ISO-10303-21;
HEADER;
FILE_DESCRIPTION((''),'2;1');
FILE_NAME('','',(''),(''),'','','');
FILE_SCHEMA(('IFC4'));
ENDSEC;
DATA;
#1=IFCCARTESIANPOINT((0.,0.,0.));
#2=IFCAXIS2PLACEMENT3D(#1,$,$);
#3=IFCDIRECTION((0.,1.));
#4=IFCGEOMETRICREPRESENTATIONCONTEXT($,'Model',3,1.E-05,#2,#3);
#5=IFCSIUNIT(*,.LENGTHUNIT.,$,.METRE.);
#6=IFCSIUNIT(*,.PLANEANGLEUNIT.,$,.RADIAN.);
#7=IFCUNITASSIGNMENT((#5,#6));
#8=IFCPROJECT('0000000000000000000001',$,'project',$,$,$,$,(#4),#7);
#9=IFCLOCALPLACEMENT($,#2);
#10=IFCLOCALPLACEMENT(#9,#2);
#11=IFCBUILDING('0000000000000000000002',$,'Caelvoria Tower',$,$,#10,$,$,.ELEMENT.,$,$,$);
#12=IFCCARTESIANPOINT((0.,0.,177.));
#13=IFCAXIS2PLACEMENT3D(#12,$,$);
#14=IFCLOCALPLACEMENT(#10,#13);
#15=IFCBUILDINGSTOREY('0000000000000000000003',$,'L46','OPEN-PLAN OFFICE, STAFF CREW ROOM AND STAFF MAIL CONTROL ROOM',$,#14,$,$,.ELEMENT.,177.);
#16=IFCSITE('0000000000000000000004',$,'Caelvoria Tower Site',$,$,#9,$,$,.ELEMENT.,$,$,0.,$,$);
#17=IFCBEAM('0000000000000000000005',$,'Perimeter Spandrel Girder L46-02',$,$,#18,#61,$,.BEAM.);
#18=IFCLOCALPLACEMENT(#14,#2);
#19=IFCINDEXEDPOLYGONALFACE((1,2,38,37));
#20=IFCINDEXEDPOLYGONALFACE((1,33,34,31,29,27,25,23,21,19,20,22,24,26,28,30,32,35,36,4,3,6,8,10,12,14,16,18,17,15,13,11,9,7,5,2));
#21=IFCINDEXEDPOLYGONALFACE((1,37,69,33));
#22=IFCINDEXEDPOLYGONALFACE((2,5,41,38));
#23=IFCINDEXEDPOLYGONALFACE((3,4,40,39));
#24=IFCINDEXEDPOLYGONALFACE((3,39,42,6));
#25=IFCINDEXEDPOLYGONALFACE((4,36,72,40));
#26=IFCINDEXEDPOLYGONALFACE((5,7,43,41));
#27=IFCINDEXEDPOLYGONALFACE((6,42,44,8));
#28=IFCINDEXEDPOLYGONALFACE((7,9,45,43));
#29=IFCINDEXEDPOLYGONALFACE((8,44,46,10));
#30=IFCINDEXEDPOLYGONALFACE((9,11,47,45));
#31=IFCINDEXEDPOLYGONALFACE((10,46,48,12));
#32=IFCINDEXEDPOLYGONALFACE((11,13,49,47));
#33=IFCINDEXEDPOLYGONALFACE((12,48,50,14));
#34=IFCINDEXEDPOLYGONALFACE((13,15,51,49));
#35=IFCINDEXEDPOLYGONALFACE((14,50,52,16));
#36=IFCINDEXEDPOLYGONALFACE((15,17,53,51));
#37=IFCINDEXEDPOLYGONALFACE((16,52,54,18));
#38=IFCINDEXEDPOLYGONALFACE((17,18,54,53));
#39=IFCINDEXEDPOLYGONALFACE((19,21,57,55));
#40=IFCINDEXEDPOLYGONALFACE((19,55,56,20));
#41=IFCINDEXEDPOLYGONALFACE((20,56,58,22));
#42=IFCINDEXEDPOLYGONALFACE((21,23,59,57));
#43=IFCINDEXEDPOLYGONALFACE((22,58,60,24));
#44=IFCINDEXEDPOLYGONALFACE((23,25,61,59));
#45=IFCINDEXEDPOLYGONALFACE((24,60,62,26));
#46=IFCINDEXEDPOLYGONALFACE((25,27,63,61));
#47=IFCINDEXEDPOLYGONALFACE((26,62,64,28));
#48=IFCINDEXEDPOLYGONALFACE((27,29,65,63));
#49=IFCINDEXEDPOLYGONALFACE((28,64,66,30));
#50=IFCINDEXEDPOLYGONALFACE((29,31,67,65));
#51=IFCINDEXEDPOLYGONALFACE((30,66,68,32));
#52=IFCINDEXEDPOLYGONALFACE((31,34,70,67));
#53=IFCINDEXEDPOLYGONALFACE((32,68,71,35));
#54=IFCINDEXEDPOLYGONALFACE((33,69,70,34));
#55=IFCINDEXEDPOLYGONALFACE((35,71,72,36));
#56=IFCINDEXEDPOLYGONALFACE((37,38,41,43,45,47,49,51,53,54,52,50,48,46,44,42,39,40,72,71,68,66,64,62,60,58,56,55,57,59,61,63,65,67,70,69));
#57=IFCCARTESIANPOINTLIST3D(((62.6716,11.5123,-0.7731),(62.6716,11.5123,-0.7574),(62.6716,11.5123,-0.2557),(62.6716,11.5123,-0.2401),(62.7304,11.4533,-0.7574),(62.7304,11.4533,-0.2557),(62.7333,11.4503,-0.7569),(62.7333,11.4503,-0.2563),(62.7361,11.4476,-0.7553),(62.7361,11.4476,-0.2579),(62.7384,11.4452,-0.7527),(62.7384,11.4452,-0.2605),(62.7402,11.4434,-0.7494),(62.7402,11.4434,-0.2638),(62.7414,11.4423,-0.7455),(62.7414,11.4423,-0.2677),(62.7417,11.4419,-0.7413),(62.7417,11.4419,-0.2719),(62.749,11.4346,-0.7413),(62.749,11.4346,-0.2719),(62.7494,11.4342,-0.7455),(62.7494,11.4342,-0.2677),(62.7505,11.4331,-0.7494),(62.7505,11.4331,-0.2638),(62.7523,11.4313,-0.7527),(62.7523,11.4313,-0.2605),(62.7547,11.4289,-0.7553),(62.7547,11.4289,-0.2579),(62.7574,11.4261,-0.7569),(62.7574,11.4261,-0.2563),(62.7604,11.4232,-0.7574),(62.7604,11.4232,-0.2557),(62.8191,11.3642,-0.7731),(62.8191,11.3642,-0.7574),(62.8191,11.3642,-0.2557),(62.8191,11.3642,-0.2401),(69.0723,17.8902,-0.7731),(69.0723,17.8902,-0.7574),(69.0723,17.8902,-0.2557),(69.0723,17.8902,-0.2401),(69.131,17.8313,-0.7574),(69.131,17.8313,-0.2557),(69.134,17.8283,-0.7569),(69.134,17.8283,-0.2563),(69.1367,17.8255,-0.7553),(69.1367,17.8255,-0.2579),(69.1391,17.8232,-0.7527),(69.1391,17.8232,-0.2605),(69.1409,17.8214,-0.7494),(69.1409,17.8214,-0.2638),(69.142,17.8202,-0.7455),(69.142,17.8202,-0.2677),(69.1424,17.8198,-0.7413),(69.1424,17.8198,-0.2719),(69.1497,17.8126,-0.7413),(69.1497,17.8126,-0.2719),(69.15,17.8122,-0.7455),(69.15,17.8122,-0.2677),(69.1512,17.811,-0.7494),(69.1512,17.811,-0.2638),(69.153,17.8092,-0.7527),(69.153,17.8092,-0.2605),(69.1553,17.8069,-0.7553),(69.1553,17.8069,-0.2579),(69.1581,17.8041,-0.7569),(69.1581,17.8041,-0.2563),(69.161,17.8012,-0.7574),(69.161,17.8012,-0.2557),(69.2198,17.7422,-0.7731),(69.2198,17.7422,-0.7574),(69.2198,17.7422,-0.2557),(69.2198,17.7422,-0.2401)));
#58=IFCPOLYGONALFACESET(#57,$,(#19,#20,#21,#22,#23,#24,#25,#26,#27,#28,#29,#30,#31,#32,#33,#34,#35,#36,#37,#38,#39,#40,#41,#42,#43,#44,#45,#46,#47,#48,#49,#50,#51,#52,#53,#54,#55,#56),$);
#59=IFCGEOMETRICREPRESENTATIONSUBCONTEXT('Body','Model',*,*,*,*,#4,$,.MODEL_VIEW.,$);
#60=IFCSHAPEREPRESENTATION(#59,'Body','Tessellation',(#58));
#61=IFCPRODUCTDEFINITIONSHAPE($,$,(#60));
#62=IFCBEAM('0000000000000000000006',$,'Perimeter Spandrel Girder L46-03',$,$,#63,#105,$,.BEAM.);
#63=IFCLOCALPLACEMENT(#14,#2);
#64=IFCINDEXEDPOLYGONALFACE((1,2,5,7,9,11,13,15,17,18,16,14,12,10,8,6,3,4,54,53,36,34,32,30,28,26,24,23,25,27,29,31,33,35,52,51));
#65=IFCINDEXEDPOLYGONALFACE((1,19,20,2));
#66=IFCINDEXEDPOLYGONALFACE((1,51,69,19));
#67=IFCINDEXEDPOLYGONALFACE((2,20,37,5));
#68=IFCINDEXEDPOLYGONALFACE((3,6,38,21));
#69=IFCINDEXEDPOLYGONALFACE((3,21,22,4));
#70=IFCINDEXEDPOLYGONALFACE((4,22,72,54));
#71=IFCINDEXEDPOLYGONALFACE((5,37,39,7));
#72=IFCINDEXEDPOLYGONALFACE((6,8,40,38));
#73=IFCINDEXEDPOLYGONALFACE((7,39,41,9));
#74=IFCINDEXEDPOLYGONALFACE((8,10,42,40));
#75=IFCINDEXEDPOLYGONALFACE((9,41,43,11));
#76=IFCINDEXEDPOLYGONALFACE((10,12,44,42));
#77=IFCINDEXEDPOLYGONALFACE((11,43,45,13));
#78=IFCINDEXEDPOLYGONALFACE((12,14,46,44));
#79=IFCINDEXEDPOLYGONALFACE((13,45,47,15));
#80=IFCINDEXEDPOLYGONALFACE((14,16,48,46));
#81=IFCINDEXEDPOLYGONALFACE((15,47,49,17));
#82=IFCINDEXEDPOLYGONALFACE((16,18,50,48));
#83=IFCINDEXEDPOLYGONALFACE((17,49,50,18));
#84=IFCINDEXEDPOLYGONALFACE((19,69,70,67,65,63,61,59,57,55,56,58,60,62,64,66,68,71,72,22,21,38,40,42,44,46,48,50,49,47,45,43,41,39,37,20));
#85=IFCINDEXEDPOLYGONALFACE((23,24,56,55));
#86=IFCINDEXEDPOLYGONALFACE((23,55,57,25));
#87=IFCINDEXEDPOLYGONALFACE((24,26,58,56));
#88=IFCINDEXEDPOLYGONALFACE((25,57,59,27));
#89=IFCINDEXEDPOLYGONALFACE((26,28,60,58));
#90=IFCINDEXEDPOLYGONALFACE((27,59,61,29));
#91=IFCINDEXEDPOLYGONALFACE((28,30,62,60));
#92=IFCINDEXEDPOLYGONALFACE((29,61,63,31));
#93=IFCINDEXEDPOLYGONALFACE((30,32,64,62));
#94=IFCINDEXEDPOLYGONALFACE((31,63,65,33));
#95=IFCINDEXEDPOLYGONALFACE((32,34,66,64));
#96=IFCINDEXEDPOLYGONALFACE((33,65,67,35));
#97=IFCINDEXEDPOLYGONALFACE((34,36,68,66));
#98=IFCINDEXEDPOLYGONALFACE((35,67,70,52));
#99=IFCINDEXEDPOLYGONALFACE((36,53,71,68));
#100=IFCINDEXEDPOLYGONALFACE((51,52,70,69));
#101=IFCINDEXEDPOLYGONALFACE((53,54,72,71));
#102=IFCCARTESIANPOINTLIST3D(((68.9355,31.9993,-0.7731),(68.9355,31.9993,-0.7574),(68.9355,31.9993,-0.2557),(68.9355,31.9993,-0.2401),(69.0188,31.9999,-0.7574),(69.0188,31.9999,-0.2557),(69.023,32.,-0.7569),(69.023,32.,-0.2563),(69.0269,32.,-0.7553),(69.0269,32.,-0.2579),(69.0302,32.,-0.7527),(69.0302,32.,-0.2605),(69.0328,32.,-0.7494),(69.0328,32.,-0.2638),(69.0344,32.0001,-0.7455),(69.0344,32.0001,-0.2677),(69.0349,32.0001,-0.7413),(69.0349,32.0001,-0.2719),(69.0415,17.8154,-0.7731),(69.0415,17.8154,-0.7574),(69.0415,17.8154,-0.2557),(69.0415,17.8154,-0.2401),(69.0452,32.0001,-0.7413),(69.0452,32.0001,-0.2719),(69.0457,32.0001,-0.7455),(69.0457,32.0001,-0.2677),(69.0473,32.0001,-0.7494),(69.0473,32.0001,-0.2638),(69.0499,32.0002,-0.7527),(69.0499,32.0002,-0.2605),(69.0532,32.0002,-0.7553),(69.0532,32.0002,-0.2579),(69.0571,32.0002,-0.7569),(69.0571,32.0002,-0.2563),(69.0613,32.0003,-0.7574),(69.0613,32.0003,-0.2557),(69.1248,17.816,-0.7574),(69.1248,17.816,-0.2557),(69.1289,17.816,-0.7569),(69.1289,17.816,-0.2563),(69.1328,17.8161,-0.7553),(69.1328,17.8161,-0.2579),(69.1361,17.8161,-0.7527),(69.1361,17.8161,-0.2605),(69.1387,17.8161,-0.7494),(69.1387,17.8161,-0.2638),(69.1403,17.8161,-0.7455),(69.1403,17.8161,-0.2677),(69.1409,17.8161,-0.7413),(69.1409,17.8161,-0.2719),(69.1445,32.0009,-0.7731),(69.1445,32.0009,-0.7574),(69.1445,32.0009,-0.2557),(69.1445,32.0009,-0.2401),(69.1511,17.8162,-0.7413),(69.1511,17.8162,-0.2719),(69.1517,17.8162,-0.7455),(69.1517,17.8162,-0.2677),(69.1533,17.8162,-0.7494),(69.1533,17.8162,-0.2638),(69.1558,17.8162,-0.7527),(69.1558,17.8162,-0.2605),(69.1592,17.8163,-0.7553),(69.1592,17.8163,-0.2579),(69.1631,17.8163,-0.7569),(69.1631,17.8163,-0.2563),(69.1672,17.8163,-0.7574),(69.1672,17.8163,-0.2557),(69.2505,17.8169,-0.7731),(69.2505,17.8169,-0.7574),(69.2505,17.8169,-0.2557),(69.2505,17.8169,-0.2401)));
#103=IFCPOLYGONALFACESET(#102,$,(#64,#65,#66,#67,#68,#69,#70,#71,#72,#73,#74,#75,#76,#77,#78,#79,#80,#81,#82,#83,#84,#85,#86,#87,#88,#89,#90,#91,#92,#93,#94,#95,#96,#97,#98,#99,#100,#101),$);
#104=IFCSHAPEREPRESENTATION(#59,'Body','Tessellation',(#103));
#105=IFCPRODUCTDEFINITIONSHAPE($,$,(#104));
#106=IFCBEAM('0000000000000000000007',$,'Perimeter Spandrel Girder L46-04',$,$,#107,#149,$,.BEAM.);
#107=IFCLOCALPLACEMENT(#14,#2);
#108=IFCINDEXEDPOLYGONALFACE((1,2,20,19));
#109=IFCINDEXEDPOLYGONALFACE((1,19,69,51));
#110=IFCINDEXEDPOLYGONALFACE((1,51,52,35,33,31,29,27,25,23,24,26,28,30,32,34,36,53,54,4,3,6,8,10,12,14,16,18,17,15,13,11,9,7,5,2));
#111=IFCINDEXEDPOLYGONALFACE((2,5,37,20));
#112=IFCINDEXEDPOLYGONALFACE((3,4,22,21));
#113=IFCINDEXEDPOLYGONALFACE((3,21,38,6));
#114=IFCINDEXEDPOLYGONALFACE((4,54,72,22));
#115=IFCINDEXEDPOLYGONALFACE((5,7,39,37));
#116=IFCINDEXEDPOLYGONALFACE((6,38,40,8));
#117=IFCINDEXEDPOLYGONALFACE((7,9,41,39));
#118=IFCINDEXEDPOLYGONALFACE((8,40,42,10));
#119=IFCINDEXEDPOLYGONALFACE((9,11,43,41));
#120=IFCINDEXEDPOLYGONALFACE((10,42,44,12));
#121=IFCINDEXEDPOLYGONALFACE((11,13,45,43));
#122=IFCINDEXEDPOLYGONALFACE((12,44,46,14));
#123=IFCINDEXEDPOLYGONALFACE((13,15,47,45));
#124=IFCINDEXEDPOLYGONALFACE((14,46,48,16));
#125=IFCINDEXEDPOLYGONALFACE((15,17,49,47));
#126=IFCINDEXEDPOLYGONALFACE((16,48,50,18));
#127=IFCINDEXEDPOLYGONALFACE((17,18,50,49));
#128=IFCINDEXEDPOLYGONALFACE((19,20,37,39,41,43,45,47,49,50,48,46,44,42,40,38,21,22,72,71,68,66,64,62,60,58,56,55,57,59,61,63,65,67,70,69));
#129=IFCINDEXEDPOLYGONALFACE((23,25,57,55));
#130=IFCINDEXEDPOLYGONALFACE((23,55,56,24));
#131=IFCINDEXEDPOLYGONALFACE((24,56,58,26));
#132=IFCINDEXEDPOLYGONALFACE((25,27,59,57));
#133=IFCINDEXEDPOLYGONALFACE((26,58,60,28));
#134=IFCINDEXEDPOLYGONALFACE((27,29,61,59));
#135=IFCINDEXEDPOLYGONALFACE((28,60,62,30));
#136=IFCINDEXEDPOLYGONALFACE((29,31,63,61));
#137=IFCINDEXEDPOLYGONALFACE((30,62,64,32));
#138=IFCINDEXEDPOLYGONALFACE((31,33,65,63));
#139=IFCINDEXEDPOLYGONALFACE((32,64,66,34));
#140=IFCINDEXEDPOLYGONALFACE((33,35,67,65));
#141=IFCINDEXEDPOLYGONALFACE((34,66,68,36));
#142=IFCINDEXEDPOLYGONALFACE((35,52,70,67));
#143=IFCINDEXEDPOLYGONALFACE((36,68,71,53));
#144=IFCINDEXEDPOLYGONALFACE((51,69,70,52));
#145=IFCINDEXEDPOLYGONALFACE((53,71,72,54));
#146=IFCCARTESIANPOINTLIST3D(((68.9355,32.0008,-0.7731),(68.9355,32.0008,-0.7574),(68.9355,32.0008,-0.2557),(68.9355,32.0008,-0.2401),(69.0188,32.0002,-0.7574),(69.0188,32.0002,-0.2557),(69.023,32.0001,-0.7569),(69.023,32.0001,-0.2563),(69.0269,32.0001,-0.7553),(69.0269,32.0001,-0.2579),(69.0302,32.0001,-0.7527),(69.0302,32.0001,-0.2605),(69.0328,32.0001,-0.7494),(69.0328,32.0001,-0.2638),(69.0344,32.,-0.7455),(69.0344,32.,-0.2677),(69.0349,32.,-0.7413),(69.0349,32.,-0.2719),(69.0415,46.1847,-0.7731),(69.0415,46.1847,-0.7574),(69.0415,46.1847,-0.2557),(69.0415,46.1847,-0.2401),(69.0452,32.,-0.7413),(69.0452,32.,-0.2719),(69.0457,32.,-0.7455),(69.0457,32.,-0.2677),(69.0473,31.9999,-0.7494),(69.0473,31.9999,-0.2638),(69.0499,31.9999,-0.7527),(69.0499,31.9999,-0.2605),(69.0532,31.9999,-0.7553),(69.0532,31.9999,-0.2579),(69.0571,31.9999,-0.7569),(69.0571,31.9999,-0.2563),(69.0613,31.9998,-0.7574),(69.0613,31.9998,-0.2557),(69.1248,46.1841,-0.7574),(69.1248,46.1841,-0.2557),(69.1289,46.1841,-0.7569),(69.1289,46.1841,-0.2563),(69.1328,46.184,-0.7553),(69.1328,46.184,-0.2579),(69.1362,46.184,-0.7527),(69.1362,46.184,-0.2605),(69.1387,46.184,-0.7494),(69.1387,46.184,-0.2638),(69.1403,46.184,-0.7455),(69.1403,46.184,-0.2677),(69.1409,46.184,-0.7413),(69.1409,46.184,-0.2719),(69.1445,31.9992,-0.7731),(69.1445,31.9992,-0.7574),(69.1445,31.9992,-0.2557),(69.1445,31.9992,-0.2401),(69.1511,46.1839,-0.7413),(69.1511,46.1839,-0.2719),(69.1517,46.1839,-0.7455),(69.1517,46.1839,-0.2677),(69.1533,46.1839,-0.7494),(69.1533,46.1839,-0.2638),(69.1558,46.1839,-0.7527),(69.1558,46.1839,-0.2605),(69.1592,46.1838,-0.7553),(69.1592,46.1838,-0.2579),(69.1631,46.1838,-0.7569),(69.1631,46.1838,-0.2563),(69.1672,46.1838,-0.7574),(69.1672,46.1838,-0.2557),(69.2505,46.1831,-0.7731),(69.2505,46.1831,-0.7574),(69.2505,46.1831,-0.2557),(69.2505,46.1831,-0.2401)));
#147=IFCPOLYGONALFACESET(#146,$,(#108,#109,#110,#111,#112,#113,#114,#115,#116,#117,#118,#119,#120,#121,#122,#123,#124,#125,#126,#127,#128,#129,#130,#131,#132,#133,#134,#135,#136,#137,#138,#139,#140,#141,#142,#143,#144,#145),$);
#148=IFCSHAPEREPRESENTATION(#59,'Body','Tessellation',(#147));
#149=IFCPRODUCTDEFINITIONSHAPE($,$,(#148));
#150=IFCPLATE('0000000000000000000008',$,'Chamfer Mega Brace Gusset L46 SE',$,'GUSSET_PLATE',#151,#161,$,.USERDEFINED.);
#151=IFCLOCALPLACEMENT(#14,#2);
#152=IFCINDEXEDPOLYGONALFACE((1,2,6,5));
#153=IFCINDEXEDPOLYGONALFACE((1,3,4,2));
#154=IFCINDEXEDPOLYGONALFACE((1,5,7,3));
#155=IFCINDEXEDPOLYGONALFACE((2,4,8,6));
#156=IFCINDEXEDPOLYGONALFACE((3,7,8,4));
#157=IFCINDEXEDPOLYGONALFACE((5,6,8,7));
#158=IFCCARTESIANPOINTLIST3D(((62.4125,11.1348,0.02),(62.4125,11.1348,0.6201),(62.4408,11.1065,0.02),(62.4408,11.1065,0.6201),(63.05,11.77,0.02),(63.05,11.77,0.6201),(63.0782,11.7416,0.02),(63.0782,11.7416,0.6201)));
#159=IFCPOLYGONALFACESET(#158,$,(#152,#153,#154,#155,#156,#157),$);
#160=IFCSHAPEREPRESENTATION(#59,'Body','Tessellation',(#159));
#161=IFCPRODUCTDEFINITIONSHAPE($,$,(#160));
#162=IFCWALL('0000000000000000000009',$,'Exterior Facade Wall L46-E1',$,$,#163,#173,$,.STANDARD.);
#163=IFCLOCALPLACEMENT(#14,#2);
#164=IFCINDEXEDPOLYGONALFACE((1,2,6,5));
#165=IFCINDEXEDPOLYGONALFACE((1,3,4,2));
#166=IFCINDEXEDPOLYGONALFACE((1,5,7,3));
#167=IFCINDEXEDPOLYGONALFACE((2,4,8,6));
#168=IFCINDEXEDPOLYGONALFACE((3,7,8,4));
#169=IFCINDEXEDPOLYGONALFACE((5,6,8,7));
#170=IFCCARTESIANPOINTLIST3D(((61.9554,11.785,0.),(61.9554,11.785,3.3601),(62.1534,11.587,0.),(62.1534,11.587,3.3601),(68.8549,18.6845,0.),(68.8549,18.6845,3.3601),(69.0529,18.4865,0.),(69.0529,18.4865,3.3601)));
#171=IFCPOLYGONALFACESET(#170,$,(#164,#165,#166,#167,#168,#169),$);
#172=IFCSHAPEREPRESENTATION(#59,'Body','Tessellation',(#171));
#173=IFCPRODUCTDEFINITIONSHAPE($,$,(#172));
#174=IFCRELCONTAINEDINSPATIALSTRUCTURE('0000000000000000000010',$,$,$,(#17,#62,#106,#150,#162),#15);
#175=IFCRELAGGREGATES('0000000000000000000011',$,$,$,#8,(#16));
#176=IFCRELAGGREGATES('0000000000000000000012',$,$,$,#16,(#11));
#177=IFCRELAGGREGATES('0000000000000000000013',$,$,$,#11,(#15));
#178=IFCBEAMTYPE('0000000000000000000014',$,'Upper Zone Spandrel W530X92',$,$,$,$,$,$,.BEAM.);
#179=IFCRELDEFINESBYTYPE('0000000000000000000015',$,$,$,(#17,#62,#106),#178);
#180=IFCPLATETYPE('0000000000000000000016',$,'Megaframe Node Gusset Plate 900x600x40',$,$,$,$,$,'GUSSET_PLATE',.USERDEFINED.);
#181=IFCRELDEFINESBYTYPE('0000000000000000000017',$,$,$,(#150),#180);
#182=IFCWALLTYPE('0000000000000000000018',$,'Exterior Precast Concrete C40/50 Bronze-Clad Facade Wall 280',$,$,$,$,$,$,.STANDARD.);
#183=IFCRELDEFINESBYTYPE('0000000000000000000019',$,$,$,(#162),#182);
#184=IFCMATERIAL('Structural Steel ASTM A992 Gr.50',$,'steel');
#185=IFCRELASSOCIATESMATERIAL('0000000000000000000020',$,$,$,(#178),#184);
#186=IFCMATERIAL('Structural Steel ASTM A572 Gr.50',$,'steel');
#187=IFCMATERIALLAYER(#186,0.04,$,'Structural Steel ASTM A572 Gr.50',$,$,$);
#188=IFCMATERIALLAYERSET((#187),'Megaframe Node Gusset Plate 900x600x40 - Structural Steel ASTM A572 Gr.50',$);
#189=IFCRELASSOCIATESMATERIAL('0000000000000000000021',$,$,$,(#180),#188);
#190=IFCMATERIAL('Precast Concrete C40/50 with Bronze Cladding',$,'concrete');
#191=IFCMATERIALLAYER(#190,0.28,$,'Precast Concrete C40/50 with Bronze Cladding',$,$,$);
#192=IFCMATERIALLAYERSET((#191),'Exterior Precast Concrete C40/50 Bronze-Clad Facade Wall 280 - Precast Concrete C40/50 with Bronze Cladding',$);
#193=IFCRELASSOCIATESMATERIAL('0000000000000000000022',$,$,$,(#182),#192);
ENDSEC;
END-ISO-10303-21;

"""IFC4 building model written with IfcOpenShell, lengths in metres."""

from ifc_helpers import new_model, si_unit, direction, frame, frame_2d, origin, origin_2d, place, context, subcontext, project, spatial, rectangle, i_section, extrude, material, layer, layer_set, material_profile, profile_set, type_object, element, save


model = new_model("IFC4")

# Units and contexts
model_context = context("Model", 3, precision=1e-05, world=origin(), true_north=direction((0.0, 1.0)))
body_context = subcontext(model_context, "Body", "Model", "MODEL_VIEW")
ifc_project = project(units=[si_unit("LENGTHUNIT", "METRE"), si_unit("PLANEANGLEUNIT", "RADIAN")], contexts=[model_context])

# Site, building, storey
site_placement = place(None, origin())
site = spatial("IfcSite", under=ifc_project, at=site_placement, Name="Caelvoria Tower Site", CompositionType="ELEMENT", RefElevation=0.0)
building_placement = place(site_placement, origin())
building = spatial("IfcBuilding", under=site, at=building_placement, Name="Caelvoria Tower", CompositionType="ELEMENT")
storey_placement = place(building_placement, frame((0.0, 0.0, 177.0)))
storey = spatial("IfcBuildingStorey", under=building, at=storey_placement, Name="L46", Description="OPEN-PLAN OFFICE, STAFF CREW ROOM AND STAFF MAIL CONTROL ROOM", CompositionType="ELEMENT", Elevation=177.0)

# Shared definitions
ifc_material_1 = material(Name="Structural Steel ASTM A572 Gr.50", Category="steel")
ifc_material_2 = material(Name="Structural Steel ASTM A992 Gr.50", Category="steel")

# Beams
ifc_material_profile_1 = material_profile(ifc_material_2, i_section(OverallWidth=0.209, OverallDepth=0.533, WebThickness=0.0103, FlangeThickness=0.0156, FilletRadius=0.0161, at=origin_2d()), Name="Structural Steel ASTM A992 Gr.50")
ifc_profile_set_1 = profile_set([ifc_material_profile_1], Name="W530X92 - Structural Steel ASTM A992 Gr.50")
beam_type_1 = type_object("IfcBeamType", Name="Upper Zone Spandrel W530X92", PredefinedType="BEAM", material=ifc_profile_set_1)
beam_1_placement = place(storey_placement, frame((62.7454, 11.4382, -0.5066), z_axis=(0.708362, 0.705849, 0.0), x_axis=(-0.705849, 0.708362, 0.0)))
element("IfcBeam", 1, at=beam_1_placement, inside=storey, type_object=beam_type_1, Name="Perimeter Spandrel Girder L46-02", PredefinedType="BEAM", context=body_context, shape_type="SweptSolid", body=[
    extrude(i_section(OverallWidth=0.209, OverallDepth=0.533, WebThickness=0.0103, FlangeThickness=0.0156, FilletRadius=0.0161, at=origin_2d()), origin(), (0.0, 0.0, 1.0), 9.0359),
])
for number, where, z_axis, x_axis, name in (
    (2, (69.146, 17.8162, -0.5066), (-0.00747, 0.999972, 0.0), (-0.999972, -0.00747, 0.0), "Perimeter Spandrel Girder L46-03"),
    (3, (69.04, 32.0, -0.5066), (0.00747, 0.999972, 0.0), (-0.999972, 0.00747, 0.0), "Perimeter Spandrel Girder L46-04"),
):
    element("IfcBeam", number, at=place(storey_placement, frame(where, z_axis=z_axis, x_axis=x_axis)), inside=storey, type_object=beam_type_1, Name=name, PredefinedType="BEAM", context=body_context, shape_type="SweptSolid", body=[
        extrude(i_section(OverallWidth=0.209, OverallDepth=0.533, WebThickness=0.0103, FlangeThickness=0.0156, FilletRadius=0.0161, at=origin_2d()), origin(), (0.0, 0.0, 1.0), 14.1843),
    ])

# Plate
ifc_layer_1 = layer(ifc_material_1, 0.04, Name="Structural Steel ASTM A572 Gr.50")
ifc_layer_set_1 = layer_set([ifc_layer_1], Name="Megaframe Node Gusset Plate 900x600x40 - Structural Steel ASTM A572 Gr.50")
plate_type = type_object("IfcPlateType", Name="Megaframe Node Gusset Plate 900x600x40", ElementType="GUSSET_PLATE", PredefinedType="USERDEFINED", material=ifc_layer_set_1)
plate_placement = place(storey_placement, frame((62.7454, 11.4382, 0.02), z_axis=(0.0, 0.0, 1.0), x_axis=(0.708373, 0.705838, 0.0)))
element("IfcPlate", 4, at=plate_placement, inside=storey, type_object=plate_type, Name="Chamfer Mega Brace Gusset L46 SE", ObjectType="GUSSET_PLATE", PredefinedType="USERDEFINED", context=body_context, shape_type="SweptSolid", body=[
    extrude(rectangle(XDim=0.8999, YDim=0.04, at=origin_2d()), origin(), (0.0, 0.0, 1.0), 0.6001),
])

# Wall
ifc_material_3 = material(Name="Precast Concrete C40/50 with Bronze Cladding", Category="concrete")
ifc_layer_2 = layer(ifc_material_3, 0.28, Name="Precast Concrete C40/50 with Bronze Cladding")
ifc_layer_set_2 = layer_set([ifc_layer_2], Name="Exterior Precast Concrete C40/50 Bronze-Clad Facade Wall 280 - Precast Concrete C40/50 with Bronze Cladding")
wall_type = type_object("IfcWallType", Name="Exterior Precast Concrete C40/50 Bronze-Clad Facade Wall 280", PredefinedType="STANDARD", material=ifc_layer_set_2)
wall_1_placement = place(storey_placement, frame((62.0544, 11.686, 0.0), z_axis=(0.0, 0.0, 1.0), x_axis=(0.707107, 0.707107, 0.0)))
element("IfcWall", 5, at=wall_1_placement, inside=storey, type_object=wall_type, Name="Exterior Facade Wall L46-E1", PredefinedType="STANDARD", context=body_context, shape_type="SweptSolid", body=[
    extrude(rectangle(XDim=9.7573, YDim=0.28, at=frame_2d((4.8787, 0.0))), origin(), (0.0, 0.0, 1.0), 3.3601),
])

save(model, "model.ifc")
